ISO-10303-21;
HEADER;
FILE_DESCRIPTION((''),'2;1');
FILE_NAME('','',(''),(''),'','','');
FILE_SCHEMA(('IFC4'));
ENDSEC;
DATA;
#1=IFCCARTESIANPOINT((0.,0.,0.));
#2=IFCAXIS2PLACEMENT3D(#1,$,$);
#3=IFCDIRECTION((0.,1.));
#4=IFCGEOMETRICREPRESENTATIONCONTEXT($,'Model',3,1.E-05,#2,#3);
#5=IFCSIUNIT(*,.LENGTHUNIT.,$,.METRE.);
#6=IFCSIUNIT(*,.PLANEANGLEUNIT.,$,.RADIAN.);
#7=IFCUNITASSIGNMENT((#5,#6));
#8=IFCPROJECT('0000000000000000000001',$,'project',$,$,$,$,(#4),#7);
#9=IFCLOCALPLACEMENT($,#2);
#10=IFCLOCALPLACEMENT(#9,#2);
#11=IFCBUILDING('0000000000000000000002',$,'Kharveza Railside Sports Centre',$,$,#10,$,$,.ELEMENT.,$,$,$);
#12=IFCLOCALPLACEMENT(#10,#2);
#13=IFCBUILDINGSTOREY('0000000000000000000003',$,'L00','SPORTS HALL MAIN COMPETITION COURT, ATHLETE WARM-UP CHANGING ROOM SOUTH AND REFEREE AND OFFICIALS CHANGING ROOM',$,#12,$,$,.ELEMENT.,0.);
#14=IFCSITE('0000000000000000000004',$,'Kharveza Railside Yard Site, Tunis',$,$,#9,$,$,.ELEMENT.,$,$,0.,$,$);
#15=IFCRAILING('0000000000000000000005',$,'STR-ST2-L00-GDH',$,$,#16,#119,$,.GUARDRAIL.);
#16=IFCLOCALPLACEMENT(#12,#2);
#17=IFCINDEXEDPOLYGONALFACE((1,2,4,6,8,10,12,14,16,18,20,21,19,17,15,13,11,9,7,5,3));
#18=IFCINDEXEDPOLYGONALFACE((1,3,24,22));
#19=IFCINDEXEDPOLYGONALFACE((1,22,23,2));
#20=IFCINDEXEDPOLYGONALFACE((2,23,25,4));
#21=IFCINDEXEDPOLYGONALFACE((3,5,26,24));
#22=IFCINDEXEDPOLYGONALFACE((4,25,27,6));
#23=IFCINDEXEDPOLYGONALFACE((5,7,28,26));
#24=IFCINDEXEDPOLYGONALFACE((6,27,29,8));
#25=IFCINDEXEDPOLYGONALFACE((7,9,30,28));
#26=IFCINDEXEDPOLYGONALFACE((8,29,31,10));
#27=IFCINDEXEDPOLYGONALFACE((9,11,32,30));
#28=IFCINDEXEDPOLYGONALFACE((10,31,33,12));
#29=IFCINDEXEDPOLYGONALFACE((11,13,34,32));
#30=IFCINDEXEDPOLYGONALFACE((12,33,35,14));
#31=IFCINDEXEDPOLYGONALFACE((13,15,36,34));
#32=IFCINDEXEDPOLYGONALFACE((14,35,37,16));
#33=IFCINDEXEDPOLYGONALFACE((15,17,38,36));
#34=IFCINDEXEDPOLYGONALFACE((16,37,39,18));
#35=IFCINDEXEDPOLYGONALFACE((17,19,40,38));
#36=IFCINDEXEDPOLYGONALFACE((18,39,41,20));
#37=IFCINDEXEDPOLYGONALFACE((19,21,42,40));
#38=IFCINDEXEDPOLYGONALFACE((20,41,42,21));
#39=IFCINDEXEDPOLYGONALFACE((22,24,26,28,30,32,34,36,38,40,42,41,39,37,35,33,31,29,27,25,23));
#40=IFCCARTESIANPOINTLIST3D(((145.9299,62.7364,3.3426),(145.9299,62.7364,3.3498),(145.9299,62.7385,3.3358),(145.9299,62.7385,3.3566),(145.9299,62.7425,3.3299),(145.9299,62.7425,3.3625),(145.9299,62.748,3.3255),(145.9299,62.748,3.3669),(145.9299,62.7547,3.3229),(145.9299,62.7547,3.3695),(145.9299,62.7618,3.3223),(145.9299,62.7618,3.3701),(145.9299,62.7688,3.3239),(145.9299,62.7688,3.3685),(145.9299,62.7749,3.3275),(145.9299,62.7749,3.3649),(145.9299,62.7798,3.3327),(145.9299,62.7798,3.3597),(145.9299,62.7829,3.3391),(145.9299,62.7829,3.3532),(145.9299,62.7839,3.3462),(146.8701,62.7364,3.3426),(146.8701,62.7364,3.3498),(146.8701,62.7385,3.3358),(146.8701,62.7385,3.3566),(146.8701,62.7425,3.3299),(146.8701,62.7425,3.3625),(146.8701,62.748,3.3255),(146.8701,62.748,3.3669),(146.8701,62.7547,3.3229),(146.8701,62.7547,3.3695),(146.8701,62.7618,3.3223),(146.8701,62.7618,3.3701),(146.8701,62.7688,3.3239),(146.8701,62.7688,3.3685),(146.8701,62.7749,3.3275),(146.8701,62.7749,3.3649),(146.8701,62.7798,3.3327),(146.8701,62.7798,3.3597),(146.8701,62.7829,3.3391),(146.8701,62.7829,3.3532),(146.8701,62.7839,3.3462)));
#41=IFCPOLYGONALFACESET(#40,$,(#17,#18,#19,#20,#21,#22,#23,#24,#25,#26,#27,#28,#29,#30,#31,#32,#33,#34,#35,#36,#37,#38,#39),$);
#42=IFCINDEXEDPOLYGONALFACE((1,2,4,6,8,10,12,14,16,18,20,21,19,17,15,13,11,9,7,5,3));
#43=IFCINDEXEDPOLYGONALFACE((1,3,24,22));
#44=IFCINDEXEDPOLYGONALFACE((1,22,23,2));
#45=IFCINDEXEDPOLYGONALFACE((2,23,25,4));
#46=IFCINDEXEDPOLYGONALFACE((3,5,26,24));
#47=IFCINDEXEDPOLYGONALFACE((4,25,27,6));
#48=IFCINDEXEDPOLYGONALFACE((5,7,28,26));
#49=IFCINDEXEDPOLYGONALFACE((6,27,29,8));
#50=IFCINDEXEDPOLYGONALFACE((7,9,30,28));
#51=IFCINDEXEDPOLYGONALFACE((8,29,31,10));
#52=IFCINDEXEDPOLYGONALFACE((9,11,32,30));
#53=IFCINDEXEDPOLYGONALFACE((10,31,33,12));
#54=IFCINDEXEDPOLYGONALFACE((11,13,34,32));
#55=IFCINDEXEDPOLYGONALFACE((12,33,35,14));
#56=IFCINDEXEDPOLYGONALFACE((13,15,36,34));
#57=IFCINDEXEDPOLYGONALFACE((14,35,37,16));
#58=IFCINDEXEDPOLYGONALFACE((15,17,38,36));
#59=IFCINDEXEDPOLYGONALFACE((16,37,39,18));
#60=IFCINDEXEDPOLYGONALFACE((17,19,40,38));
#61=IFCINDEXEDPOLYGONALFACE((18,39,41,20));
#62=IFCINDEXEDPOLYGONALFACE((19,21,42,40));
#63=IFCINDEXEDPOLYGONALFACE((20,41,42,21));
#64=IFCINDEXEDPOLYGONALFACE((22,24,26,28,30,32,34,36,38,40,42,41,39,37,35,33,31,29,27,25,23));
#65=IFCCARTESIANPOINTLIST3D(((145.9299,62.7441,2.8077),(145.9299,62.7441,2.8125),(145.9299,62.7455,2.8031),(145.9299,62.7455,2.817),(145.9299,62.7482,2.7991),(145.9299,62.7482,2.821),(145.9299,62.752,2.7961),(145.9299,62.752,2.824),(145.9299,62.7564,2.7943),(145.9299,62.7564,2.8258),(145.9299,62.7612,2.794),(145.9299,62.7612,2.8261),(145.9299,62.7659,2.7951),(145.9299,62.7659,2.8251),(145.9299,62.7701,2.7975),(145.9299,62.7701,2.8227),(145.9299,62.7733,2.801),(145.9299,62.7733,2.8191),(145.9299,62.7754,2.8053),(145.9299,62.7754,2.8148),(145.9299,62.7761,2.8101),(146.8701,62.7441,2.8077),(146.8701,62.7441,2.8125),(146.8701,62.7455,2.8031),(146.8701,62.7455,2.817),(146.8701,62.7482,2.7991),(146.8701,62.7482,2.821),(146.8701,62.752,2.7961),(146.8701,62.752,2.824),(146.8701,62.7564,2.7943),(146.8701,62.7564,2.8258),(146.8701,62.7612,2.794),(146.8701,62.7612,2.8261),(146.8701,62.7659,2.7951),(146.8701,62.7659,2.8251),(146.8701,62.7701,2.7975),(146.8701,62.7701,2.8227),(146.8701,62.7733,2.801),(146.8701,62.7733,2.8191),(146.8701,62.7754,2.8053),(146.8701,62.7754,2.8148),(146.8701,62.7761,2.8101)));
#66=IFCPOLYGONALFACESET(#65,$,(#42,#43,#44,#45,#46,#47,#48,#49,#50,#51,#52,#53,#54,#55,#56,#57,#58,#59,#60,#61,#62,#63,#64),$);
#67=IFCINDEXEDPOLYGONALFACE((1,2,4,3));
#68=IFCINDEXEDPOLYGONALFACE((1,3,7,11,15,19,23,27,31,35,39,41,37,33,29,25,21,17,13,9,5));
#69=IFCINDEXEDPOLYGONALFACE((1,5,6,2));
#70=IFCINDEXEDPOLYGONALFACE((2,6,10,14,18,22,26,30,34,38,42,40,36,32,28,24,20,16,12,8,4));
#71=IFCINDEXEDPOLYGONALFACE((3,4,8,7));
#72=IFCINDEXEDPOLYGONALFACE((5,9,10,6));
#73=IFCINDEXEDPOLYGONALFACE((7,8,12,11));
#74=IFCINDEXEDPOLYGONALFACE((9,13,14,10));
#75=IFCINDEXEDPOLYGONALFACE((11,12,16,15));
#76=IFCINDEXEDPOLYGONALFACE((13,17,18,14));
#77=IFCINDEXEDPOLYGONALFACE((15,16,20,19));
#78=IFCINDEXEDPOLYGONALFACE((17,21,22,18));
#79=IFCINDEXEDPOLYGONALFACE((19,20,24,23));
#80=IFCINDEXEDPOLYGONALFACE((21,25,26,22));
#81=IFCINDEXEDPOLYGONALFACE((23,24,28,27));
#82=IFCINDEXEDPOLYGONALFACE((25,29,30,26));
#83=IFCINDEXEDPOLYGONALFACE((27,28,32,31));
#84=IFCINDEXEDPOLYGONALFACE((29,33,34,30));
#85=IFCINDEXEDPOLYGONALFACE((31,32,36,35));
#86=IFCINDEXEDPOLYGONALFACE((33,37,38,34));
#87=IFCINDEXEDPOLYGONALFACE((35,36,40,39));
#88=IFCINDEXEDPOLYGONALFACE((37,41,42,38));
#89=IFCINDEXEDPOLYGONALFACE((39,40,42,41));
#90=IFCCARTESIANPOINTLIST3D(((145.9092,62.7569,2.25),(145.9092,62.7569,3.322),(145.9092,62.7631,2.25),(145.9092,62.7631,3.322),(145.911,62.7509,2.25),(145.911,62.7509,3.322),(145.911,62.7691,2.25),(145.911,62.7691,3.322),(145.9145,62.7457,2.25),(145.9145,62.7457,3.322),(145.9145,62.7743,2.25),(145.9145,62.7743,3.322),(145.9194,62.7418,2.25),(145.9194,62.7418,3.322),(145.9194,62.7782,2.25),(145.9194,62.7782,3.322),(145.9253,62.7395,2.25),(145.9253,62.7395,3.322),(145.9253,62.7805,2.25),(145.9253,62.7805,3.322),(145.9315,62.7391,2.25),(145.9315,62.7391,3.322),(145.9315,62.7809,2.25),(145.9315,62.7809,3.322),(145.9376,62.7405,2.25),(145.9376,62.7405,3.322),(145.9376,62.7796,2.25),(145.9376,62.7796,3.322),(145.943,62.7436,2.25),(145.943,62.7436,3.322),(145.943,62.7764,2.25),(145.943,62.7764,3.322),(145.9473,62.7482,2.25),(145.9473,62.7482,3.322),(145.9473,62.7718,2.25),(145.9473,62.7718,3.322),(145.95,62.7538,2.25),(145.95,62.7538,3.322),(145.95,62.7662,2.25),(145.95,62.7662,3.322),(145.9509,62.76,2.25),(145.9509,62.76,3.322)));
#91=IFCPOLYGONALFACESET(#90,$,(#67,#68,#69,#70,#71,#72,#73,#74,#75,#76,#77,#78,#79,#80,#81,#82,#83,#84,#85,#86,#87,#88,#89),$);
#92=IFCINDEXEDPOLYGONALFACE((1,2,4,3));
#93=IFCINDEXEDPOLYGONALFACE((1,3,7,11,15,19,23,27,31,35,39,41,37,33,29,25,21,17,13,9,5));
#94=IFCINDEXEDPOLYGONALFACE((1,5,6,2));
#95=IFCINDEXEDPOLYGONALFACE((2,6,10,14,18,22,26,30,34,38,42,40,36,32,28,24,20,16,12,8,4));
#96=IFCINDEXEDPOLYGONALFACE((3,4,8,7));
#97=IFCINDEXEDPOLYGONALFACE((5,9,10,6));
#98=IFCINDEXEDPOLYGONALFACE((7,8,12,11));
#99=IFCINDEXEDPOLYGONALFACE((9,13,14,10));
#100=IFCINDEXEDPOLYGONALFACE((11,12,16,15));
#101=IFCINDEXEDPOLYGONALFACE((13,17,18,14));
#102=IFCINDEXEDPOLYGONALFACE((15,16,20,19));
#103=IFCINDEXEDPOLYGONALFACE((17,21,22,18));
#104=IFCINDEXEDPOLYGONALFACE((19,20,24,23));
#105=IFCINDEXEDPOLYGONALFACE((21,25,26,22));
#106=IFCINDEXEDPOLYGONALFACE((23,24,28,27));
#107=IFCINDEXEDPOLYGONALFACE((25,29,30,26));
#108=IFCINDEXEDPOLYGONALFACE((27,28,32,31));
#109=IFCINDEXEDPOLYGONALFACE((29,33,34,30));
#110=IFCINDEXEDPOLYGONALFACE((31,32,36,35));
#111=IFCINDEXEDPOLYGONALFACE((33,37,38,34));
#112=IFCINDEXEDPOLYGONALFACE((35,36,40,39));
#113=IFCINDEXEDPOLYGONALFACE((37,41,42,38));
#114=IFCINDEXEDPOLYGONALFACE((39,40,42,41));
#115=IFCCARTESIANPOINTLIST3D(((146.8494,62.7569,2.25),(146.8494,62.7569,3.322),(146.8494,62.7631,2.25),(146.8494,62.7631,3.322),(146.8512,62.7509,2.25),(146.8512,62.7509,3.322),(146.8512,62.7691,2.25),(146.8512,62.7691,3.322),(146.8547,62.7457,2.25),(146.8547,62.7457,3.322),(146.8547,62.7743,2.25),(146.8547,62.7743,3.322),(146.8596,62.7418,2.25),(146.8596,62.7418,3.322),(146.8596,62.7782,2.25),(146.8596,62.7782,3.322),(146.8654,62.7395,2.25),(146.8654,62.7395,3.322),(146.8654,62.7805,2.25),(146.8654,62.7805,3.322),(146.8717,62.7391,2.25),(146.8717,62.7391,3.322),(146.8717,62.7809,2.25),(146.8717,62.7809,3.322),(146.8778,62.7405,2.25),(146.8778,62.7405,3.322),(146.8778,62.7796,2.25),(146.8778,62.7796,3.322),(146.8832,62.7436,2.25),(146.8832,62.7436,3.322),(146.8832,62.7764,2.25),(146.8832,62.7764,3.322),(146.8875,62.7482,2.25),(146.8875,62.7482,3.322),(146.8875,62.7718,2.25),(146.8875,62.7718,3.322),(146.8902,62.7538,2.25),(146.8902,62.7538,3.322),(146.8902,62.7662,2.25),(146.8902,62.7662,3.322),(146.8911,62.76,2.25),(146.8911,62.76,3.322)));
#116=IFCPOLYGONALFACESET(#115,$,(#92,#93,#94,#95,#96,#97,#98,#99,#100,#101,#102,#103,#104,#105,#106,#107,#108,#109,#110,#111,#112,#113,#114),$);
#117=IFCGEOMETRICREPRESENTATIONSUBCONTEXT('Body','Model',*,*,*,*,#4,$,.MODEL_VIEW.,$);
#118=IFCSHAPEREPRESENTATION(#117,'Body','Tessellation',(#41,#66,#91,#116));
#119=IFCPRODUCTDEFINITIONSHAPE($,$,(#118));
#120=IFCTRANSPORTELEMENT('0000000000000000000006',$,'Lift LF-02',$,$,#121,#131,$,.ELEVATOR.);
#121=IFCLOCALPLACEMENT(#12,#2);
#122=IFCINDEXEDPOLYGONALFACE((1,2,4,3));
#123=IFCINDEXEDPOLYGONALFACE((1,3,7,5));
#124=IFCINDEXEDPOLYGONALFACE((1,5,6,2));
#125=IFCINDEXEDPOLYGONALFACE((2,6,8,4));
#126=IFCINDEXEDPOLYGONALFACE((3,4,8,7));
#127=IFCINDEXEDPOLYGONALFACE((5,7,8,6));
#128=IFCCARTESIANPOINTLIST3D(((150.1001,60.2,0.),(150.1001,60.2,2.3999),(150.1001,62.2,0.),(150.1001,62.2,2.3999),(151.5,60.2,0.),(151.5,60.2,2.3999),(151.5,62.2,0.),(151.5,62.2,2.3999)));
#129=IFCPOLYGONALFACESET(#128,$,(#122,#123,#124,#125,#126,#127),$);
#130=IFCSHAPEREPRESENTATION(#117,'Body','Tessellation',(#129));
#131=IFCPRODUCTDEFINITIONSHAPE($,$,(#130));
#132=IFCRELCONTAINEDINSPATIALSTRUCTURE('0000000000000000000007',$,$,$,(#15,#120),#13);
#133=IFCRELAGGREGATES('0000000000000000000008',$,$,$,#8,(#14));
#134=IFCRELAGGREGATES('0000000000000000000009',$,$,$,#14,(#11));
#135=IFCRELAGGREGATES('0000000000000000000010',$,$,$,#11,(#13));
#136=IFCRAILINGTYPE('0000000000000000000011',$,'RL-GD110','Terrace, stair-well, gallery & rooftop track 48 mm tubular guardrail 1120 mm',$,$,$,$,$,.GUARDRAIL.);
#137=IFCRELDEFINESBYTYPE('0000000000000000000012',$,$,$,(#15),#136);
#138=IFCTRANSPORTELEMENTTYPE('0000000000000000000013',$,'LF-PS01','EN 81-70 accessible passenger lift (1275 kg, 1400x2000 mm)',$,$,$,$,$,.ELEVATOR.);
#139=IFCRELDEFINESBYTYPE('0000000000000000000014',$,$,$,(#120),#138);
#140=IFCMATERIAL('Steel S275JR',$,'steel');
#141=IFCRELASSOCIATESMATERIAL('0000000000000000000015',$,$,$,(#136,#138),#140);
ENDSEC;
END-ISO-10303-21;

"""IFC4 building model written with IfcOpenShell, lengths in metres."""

from ifc_helpers import new_model, si_unit, direction, frame, origin, origin_2d, place, context, subcontext, project, spatial, rectangle, circle, extrude, material, type_object, element, save


model = new_model("IFC4")

# Units and contexts
model_context = context("Model", 3, precision=1e-05, world=origin(), true_north=direction((0.0, 1.0)))
body_context = subcontext(model_context, "Body", "Model", "MODEL_VIEW")
ifc_project = project(units=[si_unit("LENGTHUNIT", "METRE"), si_unit("PLANEANGLEUNIT", "RADIAN")], contexts=[model_context])

# Site, building, storey
site_placement = place(None, origin())
site = spatial("IfcSite", under=ifc_project, at=site_placement, Name="Kharveza Railside Yard Site, Tunis", CompositionType="ELEMENT", RefElevation=0.0)
building_placement = place(site_placement, origin())
building = spatial("IfcBuilding", under=site, at=building_placement, Name="Kharveza Railside Sports Centre", CompositionType="ELEMENT")
storey_placement = place(building_placement, origin())
storey = spatial("IfcBuildingStorey", under=building, at=storey_placement, Name="L00", Description="SPORTS HALL MAIN COMPETITION COURT, ATHLETE WARM-UP CHANGING ROOM SOUTH AND REFEREE AND OFFICIALS CHANGING ROOM", CompositionType="ELEMENT", Elevation=0.0)

# Railing
ifc_material_1 = material(Name="Steel S275JR", Category="steel")
railing_type_1 = type_object("IfcRailingType", Name="RL-GD110", Description="Terrace, stair-well, gallery & rooftop track 48 mm tubular guardrail 1120 mm", PredefinedType="GUARDRAIL", material=ifc_material_1)
railing_1_placement = place(storey_placement, frame((145.9299, 62.76, 2.25)))
element("IfcRailing", 1, at=railing_1_placement, inside=storey, type_object=railing_type_1, Name="STR-ST2-L00-GDH", PredefinedType="GUARDRAIL", context=body_context, shape_type="SweptSolid", body=[
    extrude(circle(Radius=0.0239, at=origin_2d()), frame((0.0, 0.0, 1.0962), z_axis=(1.0, 0.0, 0.0), x_axis=(0.0, 1.0, 0.0)), (0.0, 0.0, 1.0), 0.9402),
    extrude(circle(Radius=0.0161, at=origin_2d()), frame((0.0, 0.0, 0.5601), z_axis=(1.0, 0.0, 0.0), x_axis=(0.0, 1.0, 0.0)), (0.0, 0.0, 1.0), 0.9402),
    extrude(circle(Radius=0.021, at=origin_2d()), origin(), (0.0, 0.0, 1.0), 1.072),
    extrude(circle(Radius=0.021, at=origin_2d()), frame((0.9402, 0.0, 0.0)), (0.0, 0.0, 1.0), 1.072),
])

# Transport element
transport_element_type = type_object("IfcTransportElementType", Name="LF-PS01", Description="EN 81-70 accessible passenger lift (1275 kg, 1400x2000 mm)", PredefinedType="ELEVATOR", material=ifc_material_1)
transport_element_placement = place(storey_placement, frame((150.8, 61.2, 0.0), z_axis=(0.0, 0.0, 1.0), x_axis=(1.0, 0.0, 0.0)))
element("IfcTransportElement", 2, at=transport_element_placement, inside=storey, type_object=transport_element_type, Name="Lift LF-02", PredefinedType="ELEVATOR", context=body_context, shape_type="SweptSolid", body=[
    extrude(rectangle(XDim=1.3999, YDim=2.0, at=origin_2d()), origin(), (0.0, 0.0, 1.0), 2.3999),
])

save(model, "model.ifc")
